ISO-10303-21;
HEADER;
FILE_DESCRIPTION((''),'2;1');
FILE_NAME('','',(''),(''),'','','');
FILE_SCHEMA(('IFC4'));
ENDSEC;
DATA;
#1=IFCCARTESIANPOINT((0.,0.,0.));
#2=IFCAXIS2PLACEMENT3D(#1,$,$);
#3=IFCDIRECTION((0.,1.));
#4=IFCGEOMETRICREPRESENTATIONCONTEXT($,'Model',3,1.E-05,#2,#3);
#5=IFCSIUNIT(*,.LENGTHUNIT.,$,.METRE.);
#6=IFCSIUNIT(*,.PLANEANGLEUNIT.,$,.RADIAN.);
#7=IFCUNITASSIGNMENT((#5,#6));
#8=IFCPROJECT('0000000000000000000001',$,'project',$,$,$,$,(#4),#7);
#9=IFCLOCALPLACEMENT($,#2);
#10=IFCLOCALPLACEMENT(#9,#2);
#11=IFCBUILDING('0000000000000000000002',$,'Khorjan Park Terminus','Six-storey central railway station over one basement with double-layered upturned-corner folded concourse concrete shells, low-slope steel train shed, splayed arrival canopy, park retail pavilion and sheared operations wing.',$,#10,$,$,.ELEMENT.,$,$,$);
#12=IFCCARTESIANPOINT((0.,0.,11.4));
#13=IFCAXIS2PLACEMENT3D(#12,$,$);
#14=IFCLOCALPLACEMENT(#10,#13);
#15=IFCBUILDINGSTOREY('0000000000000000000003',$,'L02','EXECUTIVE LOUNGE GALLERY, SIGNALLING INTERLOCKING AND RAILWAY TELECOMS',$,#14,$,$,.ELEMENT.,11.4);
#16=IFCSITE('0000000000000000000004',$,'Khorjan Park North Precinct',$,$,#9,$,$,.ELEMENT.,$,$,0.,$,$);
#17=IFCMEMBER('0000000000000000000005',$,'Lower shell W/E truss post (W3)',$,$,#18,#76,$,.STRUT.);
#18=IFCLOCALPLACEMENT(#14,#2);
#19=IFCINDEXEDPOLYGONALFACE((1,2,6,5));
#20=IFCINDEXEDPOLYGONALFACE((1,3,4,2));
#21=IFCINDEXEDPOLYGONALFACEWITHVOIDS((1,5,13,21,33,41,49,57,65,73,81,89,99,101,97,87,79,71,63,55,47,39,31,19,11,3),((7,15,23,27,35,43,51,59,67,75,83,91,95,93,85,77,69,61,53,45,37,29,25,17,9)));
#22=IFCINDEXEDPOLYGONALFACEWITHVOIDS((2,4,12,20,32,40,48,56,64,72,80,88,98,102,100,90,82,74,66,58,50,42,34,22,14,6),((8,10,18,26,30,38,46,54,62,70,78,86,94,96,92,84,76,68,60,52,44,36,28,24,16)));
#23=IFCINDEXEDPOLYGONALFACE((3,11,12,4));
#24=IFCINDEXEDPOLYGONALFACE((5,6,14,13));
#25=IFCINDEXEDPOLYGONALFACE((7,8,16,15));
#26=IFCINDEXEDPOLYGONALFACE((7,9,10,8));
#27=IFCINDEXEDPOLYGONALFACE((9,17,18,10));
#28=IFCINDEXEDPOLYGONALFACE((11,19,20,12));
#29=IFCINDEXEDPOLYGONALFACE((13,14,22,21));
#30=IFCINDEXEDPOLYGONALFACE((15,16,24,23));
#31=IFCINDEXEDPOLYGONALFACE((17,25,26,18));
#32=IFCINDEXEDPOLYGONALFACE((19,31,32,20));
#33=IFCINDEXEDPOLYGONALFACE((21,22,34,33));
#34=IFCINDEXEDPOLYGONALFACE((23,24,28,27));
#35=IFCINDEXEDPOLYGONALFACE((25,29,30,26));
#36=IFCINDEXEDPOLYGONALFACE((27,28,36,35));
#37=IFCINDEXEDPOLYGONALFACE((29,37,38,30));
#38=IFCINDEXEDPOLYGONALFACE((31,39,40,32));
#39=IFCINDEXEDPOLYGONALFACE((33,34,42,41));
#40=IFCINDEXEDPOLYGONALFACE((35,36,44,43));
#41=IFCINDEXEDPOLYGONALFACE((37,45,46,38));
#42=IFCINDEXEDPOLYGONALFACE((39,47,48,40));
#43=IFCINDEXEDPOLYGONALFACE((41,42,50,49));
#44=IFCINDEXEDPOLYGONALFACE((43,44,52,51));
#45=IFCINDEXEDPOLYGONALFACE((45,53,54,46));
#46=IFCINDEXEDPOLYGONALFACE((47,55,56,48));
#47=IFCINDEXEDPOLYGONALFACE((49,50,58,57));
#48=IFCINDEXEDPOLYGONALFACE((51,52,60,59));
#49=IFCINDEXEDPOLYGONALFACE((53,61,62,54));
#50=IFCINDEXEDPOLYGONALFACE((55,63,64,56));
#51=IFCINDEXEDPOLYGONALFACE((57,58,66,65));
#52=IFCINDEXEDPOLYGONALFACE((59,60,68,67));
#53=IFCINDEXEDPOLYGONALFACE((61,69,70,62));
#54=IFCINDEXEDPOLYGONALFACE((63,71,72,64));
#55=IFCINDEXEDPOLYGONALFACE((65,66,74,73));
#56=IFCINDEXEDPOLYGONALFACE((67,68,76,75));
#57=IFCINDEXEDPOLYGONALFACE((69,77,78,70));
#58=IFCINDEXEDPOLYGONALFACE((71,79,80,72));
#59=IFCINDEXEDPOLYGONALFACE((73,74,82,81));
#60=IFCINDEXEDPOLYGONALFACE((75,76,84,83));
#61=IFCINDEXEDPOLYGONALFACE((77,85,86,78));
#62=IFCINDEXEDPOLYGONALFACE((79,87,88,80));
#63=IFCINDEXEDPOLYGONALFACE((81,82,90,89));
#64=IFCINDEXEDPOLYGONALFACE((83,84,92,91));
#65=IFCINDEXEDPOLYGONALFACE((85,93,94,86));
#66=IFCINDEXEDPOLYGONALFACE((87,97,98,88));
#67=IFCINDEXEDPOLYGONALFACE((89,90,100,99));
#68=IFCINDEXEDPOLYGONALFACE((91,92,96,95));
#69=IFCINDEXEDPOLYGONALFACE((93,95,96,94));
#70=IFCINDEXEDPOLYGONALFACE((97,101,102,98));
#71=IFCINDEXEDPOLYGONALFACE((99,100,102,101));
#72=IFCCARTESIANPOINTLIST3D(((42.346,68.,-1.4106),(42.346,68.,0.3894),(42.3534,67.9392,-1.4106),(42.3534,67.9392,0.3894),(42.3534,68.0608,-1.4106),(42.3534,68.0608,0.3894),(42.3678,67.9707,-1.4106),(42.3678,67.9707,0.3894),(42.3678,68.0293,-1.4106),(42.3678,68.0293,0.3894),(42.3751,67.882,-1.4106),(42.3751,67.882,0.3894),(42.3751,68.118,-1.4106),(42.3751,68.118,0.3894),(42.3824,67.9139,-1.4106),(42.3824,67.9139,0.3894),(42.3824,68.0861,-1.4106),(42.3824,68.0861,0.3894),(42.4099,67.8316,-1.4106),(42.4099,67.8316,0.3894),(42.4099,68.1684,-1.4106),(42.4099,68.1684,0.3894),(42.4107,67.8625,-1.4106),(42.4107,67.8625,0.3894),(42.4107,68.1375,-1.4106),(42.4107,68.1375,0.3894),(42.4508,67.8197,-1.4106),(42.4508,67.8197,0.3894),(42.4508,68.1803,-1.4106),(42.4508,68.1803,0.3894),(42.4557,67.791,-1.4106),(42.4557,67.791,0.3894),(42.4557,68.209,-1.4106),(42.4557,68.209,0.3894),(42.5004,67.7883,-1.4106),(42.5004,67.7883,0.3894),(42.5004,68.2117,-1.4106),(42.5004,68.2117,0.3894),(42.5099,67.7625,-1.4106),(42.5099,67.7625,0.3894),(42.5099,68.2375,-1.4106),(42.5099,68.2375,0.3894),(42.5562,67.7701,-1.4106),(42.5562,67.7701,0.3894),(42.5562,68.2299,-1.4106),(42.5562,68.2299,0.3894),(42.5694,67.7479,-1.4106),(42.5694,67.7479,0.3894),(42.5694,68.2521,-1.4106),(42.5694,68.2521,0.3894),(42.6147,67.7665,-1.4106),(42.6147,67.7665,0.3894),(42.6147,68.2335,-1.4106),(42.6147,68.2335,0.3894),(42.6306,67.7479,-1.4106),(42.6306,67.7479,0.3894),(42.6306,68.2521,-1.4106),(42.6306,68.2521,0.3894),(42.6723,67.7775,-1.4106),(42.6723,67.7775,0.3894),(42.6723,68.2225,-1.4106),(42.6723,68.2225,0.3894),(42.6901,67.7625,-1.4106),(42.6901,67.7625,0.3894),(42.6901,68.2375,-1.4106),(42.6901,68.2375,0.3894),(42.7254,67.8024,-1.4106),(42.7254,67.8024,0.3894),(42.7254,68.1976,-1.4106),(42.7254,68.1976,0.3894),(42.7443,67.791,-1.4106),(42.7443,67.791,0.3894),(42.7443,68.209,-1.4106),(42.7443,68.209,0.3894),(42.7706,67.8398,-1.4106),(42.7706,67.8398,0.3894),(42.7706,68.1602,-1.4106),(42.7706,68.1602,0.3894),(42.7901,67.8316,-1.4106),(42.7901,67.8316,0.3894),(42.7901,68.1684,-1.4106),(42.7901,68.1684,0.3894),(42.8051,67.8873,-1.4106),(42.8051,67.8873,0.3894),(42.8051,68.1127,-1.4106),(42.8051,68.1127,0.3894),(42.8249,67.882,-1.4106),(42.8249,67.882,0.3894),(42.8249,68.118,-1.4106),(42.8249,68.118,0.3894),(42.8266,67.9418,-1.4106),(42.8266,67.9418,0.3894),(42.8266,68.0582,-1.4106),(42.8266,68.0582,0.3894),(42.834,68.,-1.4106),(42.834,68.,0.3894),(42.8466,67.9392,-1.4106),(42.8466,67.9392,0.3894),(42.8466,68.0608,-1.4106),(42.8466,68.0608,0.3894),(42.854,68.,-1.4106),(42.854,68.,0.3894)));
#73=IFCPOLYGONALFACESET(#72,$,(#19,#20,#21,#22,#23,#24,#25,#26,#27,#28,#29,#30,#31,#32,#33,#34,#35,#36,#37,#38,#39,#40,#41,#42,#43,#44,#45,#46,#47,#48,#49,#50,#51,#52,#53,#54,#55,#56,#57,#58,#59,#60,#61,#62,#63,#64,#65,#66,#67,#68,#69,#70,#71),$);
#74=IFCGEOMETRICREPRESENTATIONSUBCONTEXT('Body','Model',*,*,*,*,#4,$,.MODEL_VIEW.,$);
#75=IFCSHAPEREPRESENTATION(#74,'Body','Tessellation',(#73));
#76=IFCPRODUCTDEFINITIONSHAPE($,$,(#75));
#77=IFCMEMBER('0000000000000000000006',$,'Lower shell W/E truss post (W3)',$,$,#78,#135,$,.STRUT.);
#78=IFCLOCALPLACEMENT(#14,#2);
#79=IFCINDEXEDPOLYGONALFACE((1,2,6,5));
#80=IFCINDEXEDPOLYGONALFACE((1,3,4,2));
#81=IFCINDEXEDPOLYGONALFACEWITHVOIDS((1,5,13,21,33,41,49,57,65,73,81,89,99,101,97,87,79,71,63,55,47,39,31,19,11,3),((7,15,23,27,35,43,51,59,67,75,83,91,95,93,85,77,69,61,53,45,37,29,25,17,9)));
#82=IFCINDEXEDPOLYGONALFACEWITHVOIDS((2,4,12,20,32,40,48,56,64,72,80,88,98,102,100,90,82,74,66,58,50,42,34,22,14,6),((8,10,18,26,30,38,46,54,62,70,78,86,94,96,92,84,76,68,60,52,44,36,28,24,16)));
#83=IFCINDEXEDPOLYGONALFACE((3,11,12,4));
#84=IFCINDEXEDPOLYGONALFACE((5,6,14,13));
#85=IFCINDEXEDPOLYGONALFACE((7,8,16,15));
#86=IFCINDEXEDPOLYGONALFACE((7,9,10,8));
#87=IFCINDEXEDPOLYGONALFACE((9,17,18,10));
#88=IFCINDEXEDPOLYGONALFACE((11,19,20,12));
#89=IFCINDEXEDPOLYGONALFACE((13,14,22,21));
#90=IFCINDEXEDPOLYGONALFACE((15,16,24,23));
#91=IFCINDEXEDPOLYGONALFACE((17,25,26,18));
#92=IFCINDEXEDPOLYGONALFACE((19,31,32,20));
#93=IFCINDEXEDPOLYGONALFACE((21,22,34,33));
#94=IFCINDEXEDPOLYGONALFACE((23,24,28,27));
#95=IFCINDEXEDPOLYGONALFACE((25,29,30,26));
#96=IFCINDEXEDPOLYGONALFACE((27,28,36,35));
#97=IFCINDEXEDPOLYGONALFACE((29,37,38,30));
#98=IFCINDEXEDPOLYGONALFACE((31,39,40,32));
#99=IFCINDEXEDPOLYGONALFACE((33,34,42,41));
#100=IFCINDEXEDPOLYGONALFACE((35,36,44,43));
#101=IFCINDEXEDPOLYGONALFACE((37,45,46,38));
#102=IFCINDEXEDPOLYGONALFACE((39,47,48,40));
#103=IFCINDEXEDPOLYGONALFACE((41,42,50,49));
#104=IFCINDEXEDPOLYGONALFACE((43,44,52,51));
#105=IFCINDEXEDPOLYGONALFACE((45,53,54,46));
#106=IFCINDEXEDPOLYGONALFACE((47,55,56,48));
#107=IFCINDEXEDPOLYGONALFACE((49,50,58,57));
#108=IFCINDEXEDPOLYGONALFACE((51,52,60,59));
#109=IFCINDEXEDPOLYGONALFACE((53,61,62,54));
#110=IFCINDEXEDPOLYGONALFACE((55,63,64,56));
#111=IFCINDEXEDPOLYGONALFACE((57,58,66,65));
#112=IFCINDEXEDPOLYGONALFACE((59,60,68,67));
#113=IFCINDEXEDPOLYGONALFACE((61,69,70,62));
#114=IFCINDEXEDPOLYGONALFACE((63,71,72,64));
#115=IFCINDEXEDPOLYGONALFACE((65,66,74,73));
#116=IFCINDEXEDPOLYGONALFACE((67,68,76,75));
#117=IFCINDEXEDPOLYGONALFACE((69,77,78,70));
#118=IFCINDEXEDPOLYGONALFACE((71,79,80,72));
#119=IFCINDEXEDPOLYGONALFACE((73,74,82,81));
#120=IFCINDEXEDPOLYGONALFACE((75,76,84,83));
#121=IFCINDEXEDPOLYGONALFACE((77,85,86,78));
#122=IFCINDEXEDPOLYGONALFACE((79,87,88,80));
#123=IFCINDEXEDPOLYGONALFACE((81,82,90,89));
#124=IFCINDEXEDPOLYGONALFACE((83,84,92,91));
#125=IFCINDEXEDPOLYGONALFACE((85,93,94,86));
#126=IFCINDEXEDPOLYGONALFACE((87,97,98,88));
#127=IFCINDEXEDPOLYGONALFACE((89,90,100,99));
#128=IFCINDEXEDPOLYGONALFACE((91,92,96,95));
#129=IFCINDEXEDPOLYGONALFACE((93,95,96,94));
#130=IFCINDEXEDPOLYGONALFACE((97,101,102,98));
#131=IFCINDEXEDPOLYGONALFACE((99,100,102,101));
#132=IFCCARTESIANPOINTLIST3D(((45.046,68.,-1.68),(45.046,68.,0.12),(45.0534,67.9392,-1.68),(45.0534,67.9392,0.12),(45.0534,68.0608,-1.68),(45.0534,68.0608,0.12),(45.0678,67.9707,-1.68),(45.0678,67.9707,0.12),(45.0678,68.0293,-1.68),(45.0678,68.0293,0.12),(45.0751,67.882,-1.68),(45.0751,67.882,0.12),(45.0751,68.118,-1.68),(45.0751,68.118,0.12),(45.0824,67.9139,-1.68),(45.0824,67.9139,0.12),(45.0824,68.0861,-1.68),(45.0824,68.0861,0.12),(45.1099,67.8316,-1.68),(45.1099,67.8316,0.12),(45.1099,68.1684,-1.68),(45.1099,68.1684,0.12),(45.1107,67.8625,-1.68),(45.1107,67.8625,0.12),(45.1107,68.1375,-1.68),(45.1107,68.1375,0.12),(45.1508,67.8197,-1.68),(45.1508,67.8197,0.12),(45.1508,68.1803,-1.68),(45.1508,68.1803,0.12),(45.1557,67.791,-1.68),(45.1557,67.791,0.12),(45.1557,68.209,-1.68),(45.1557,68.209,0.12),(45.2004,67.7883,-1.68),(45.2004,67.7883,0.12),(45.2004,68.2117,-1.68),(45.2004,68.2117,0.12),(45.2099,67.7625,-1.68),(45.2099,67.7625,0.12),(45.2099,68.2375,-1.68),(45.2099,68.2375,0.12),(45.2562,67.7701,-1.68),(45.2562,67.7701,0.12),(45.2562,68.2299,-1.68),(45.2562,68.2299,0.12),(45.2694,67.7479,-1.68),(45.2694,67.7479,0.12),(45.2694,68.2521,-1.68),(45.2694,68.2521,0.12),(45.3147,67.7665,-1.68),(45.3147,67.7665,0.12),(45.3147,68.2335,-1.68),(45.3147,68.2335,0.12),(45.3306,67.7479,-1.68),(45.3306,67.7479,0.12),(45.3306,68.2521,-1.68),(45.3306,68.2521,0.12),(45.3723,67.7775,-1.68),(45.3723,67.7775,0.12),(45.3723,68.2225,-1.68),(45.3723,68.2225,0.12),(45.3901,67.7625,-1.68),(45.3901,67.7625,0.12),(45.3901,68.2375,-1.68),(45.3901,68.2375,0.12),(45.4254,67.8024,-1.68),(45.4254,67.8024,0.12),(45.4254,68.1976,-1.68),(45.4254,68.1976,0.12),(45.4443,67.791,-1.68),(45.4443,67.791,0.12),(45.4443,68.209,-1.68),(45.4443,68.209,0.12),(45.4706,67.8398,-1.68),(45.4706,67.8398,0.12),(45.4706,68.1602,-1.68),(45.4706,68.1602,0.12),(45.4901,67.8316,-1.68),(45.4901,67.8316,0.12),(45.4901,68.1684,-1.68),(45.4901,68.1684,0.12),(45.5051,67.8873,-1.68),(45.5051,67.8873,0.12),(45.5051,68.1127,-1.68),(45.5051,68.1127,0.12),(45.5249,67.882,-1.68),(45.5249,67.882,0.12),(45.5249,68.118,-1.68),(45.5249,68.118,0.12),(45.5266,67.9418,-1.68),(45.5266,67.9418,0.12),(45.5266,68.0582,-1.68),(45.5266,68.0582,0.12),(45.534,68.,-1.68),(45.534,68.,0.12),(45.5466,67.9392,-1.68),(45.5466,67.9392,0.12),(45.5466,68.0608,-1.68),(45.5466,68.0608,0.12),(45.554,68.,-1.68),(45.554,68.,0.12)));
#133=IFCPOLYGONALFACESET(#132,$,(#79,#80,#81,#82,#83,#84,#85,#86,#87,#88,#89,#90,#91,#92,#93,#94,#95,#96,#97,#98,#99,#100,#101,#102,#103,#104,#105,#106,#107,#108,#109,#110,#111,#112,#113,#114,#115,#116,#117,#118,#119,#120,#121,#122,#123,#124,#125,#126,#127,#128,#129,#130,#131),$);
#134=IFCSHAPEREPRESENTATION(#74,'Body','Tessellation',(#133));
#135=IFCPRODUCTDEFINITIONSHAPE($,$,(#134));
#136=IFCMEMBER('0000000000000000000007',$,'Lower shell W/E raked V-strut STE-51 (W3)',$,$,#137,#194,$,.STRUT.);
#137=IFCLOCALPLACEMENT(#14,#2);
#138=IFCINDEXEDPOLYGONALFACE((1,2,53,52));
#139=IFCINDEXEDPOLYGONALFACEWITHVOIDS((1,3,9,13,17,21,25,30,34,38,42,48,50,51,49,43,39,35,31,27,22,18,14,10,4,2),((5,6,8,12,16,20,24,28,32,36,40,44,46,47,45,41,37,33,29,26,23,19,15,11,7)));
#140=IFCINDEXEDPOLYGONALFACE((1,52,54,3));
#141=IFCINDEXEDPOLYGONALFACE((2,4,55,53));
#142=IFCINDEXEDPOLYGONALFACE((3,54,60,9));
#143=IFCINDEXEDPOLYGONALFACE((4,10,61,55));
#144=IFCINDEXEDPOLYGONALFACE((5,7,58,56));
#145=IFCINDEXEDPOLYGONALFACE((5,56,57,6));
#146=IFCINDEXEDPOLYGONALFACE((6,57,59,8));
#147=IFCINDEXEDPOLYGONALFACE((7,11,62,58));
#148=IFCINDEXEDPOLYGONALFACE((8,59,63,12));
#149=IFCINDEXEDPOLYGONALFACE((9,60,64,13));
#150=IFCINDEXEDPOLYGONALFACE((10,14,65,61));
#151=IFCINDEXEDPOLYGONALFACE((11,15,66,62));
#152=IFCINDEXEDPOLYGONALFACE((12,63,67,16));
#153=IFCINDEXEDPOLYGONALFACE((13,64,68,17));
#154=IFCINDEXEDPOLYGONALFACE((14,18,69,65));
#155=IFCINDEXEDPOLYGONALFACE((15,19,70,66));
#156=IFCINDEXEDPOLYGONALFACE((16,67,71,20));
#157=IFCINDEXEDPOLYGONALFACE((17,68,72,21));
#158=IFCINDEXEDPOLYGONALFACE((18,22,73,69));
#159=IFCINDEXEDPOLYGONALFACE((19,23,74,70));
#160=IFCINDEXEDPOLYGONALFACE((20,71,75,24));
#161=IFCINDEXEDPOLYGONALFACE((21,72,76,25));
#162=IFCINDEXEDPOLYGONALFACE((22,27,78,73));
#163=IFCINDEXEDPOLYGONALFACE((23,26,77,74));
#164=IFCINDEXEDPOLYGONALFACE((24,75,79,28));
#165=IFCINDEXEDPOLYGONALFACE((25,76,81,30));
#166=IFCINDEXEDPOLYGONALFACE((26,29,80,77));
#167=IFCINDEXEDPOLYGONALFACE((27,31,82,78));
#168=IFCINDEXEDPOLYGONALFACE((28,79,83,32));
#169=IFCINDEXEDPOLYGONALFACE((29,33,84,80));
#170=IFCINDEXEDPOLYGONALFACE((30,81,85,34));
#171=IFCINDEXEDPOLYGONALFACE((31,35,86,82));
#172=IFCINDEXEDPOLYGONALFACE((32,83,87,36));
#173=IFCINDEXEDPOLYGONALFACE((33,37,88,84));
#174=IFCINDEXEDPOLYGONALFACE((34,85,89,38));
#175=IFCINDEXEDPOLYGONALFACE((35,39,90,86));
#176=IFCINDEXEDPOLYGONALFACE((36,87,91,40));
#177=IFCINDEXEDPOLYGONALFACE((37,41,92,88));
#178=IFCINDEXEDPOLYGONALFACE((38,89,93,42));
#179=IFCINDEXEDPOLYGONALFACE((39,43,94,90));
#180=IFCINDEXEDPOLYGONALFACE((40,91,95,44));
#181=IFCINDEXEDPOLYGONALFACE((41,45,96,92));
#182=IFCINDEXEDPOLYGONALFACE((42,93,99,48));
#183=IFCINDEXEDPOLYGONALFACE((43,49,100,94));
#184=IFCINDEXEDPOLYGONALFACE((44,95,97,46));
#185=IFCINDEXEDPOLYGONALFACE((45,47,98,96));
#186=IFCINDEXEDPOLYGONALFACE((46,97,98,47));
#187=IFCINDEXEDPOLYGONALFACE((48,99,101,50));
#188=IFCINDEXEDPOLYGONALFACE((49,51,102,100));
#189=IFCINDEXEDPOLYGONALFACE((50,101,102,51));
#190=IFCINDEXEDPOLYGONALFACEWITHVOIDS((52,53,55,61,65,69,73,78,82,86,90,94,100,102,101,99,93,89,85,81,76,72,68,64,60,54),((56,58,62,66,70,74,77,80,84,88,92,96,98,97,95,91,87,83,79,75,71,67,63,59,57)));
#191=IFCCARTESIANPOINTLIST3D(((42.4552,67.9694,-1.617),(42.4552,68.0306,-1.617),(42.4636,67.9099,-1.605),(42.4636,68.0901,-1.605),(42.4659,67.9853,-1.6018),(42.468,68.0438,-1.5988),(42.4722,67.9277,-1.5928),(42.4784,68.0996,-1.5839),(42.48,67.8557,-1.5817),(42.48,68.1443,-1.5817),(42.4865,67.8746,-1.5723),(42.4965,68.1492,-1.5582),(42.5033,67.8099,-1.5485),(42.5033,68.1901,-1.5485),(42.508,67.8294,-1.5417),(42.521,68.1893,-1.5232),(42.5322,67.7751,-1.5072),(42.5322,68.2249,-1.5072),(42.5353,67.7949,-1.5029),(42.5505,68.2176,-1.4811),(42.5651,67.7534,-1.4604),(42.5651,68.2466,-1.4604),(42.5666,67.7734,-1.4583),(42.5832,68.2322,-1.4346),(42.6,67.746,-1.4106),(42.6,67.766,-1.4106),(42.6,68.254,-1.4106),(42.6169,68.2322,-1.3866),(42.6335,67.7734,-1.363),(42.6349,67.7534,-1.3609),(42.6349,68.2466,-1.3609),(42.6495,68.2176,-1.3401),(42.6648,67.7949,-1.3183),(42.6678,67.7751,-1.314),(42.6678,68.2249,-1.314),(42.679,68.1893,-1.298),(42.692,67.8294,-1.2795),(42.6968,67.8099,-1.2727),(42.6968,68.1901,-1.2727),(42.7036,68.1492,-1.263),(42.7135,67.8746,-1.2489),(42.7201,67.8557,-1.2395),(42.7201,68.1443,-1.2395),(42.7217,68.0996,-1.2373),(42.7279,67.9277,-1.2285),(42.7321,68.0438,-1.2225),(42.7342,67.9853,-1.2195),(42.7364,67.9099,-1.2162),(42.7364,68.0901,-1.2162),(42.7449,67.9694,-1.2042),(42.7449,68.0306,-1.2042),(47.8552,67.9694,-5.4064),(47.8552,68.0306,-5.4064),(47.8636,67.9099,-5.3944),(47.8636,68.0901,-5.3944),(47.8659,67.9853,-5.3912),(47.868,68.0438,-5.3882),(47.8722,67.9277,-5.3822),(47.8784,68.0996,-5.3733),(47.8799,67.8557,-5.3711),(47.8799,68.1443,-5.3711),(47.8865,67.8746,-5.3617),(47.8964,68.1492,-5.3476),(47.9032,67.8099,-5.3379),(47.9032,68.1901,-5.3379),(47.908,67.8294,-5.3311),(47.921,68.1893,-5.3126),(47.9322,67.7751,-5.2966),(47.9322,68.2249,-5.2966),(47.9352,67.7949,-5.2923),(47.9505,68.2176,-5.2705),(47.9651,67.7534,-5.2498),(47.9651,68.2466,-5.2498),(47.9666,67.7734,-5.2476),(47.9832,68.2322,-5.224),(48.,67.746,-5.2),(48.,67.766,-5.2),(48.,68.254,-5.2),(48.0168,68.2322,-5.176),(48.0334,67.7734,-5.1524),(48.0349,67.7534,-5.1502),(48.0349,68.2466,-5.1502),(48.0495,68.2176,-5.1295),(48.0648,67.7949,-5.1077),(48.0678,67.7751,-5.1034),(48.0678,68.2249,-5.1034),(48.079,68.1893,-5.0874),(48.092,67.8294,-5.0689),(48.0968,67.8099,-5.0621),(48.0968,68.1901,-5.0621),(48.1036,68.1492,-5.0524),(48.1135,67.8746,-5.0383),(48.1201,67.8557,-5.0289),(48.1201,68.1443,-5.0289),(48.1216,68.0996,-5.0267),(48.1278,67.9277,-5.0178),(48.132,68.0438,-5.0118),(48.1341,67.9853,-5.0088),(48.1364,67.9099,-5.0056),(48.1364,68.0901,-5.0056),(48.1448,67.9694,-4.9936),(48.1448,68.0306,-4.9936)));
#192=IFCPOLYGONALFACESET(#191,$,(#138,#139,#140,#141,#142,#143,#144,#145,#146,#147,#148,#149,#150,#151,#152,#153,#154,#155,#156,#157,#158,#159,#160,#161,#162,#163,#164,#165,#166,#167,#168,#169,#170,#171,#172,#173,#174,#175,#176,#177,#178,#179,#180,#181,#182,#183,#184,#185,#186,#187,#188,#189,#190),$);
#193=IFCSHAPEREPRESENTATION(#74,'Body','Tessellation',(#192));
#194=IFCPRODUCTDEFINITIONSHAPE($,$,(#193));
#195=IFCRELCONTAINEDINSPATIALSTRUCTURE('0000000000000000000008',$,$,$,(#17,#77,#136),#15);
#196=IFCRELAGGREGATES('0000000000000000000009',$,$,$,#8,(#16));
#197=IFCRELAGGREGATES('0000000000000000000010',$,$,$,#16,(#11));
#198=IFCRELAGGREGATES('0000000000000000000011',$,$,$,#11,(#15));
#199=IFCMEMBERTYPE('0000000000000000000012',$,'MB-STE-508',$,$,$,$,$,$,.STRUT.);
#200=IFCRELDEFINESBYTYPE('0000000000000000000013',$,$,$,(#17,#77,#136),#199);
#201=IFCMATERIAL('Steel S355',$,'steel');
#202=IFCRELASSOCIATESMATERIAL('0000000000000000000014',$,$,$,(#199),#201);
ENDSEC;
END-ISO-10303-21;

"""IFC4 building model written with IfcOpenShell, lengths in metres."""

from ifc_helpers import new_model, si_unit, direction, frame, origin, origin_2d, place, context, subcontext, project, spatial, hollow_circle, extrude, material, material_profile, profile_set, type_object, element, save


model = new_model("IFC4")

# Units and contexts
model_context = context("Model", 3, precision=1e-05, world=origin(), true_north=direction((0.0, 1.0)))
body_context = subcontext(model_context, "Body", "Model", "MODEL_VIEW")
ifc_project = project(units=[si_unit("LENGTHUNIT", "METRE"), si_unit("PLANEANGLEUNIT", "RADIAN")], contexts=[model_context])

# Site, building, storey
site_placement = place(None, origin())
site = spatial("IfcSite", under=ifc_project, at=site_placement, Name="Khorjan Park North Precinct", CompositionType="ELEMENT", RefElevation=0.0)
building_placement = place(site_placement, origin())
building = spatial("IfcBuilding", under=site, at=building_placement, Name="Khorjan Park Terminus", Description="Six-storey central railway station over one basement with double-layered upturned-corner folded concourse concrete shells, low-slope steel train shed, splayed arrival canopy, park retail pavilion and sheared operations wing.", CompositionType="ELEMENT")
storey_placement = place(building_placement, frame((0.0, 0.0, 11.4)))
storey = spatial("IfcBuildingStorey", under=building, at=storey_placement, Name="L02", Description="EXECUTIVE LOUNGE GALLERY, SIGNALLING INTERLOCKING AND RAILWAY TELECOMS", CompositionType="ELEMENT", Elevation=11.4)

# Members
ifc_material_1 = material(Name="Steel S355", Category="steel")
ifc_material_profile_1 = material_profile(ifc_material_1, hollow_circle(Radius=0.254, WallThickness=0.02, at=origin_2d()), Name="CHS 508x20")
ifc_profile_set_1 = profile_set([ifc_material_profile_1], Name="Steel S355")
member_type_1 = type_object("IfcMemberType", Name="MB-STE-508", PredefinedType="STRUT", material=ifc_profile_set_1)
for number, where, z_axis, x_axis, name in (
    (1, (42.6, 68.0, -1.4106), (0.0, 0.0, 1.0), (1.0, 0.0, 0.0), "Lower shell W/E truss post (W3)"),
    (2, (45.3, 68.0, -1.68), (0.0, 0.0, 1.0), (1.0, 0.0, 0.0), "Lower shell W/E truss post (W3)"),
):
    element("IfcMember", number, at=place(storey_placement, frame(where, z_axis=z_axis, x_axis=x_axis)), inside=storey, type_object=member_type_1, Name=name, PredefinedType="STRUT", context=body_context, shape_type="SweptSolid", body=[
        extrude(hollow_circle(Radius=0.254, WallThickness=0.02, at=origin_2d()), origin(), (0.0, 0.0, 1.0), 1.8),
    ])
member_1_placement = place(storey_placement, frame((48.0, 68.0, -5.2), z_axis=(-0.818562, 0.0, 0.574418), x_axis=(0.0, -1.0, 0.0)))
element("IfcMember", 3, at=member_1_placement, inside=storey, type_object=member_type_1, Name="Lower shell W/E raked V-strut STE-51 (W3)", PredefinedType="STRUT", context=body_context, shape_type="SweptSolid", body=[
    extrude(hollow_circle(Radius=0.254, WallThickness=0.02, at=origin_2d()), origin(), (0.0, 0.0, 1.0), 6.5969),
])

save(model, "model.ifc")
